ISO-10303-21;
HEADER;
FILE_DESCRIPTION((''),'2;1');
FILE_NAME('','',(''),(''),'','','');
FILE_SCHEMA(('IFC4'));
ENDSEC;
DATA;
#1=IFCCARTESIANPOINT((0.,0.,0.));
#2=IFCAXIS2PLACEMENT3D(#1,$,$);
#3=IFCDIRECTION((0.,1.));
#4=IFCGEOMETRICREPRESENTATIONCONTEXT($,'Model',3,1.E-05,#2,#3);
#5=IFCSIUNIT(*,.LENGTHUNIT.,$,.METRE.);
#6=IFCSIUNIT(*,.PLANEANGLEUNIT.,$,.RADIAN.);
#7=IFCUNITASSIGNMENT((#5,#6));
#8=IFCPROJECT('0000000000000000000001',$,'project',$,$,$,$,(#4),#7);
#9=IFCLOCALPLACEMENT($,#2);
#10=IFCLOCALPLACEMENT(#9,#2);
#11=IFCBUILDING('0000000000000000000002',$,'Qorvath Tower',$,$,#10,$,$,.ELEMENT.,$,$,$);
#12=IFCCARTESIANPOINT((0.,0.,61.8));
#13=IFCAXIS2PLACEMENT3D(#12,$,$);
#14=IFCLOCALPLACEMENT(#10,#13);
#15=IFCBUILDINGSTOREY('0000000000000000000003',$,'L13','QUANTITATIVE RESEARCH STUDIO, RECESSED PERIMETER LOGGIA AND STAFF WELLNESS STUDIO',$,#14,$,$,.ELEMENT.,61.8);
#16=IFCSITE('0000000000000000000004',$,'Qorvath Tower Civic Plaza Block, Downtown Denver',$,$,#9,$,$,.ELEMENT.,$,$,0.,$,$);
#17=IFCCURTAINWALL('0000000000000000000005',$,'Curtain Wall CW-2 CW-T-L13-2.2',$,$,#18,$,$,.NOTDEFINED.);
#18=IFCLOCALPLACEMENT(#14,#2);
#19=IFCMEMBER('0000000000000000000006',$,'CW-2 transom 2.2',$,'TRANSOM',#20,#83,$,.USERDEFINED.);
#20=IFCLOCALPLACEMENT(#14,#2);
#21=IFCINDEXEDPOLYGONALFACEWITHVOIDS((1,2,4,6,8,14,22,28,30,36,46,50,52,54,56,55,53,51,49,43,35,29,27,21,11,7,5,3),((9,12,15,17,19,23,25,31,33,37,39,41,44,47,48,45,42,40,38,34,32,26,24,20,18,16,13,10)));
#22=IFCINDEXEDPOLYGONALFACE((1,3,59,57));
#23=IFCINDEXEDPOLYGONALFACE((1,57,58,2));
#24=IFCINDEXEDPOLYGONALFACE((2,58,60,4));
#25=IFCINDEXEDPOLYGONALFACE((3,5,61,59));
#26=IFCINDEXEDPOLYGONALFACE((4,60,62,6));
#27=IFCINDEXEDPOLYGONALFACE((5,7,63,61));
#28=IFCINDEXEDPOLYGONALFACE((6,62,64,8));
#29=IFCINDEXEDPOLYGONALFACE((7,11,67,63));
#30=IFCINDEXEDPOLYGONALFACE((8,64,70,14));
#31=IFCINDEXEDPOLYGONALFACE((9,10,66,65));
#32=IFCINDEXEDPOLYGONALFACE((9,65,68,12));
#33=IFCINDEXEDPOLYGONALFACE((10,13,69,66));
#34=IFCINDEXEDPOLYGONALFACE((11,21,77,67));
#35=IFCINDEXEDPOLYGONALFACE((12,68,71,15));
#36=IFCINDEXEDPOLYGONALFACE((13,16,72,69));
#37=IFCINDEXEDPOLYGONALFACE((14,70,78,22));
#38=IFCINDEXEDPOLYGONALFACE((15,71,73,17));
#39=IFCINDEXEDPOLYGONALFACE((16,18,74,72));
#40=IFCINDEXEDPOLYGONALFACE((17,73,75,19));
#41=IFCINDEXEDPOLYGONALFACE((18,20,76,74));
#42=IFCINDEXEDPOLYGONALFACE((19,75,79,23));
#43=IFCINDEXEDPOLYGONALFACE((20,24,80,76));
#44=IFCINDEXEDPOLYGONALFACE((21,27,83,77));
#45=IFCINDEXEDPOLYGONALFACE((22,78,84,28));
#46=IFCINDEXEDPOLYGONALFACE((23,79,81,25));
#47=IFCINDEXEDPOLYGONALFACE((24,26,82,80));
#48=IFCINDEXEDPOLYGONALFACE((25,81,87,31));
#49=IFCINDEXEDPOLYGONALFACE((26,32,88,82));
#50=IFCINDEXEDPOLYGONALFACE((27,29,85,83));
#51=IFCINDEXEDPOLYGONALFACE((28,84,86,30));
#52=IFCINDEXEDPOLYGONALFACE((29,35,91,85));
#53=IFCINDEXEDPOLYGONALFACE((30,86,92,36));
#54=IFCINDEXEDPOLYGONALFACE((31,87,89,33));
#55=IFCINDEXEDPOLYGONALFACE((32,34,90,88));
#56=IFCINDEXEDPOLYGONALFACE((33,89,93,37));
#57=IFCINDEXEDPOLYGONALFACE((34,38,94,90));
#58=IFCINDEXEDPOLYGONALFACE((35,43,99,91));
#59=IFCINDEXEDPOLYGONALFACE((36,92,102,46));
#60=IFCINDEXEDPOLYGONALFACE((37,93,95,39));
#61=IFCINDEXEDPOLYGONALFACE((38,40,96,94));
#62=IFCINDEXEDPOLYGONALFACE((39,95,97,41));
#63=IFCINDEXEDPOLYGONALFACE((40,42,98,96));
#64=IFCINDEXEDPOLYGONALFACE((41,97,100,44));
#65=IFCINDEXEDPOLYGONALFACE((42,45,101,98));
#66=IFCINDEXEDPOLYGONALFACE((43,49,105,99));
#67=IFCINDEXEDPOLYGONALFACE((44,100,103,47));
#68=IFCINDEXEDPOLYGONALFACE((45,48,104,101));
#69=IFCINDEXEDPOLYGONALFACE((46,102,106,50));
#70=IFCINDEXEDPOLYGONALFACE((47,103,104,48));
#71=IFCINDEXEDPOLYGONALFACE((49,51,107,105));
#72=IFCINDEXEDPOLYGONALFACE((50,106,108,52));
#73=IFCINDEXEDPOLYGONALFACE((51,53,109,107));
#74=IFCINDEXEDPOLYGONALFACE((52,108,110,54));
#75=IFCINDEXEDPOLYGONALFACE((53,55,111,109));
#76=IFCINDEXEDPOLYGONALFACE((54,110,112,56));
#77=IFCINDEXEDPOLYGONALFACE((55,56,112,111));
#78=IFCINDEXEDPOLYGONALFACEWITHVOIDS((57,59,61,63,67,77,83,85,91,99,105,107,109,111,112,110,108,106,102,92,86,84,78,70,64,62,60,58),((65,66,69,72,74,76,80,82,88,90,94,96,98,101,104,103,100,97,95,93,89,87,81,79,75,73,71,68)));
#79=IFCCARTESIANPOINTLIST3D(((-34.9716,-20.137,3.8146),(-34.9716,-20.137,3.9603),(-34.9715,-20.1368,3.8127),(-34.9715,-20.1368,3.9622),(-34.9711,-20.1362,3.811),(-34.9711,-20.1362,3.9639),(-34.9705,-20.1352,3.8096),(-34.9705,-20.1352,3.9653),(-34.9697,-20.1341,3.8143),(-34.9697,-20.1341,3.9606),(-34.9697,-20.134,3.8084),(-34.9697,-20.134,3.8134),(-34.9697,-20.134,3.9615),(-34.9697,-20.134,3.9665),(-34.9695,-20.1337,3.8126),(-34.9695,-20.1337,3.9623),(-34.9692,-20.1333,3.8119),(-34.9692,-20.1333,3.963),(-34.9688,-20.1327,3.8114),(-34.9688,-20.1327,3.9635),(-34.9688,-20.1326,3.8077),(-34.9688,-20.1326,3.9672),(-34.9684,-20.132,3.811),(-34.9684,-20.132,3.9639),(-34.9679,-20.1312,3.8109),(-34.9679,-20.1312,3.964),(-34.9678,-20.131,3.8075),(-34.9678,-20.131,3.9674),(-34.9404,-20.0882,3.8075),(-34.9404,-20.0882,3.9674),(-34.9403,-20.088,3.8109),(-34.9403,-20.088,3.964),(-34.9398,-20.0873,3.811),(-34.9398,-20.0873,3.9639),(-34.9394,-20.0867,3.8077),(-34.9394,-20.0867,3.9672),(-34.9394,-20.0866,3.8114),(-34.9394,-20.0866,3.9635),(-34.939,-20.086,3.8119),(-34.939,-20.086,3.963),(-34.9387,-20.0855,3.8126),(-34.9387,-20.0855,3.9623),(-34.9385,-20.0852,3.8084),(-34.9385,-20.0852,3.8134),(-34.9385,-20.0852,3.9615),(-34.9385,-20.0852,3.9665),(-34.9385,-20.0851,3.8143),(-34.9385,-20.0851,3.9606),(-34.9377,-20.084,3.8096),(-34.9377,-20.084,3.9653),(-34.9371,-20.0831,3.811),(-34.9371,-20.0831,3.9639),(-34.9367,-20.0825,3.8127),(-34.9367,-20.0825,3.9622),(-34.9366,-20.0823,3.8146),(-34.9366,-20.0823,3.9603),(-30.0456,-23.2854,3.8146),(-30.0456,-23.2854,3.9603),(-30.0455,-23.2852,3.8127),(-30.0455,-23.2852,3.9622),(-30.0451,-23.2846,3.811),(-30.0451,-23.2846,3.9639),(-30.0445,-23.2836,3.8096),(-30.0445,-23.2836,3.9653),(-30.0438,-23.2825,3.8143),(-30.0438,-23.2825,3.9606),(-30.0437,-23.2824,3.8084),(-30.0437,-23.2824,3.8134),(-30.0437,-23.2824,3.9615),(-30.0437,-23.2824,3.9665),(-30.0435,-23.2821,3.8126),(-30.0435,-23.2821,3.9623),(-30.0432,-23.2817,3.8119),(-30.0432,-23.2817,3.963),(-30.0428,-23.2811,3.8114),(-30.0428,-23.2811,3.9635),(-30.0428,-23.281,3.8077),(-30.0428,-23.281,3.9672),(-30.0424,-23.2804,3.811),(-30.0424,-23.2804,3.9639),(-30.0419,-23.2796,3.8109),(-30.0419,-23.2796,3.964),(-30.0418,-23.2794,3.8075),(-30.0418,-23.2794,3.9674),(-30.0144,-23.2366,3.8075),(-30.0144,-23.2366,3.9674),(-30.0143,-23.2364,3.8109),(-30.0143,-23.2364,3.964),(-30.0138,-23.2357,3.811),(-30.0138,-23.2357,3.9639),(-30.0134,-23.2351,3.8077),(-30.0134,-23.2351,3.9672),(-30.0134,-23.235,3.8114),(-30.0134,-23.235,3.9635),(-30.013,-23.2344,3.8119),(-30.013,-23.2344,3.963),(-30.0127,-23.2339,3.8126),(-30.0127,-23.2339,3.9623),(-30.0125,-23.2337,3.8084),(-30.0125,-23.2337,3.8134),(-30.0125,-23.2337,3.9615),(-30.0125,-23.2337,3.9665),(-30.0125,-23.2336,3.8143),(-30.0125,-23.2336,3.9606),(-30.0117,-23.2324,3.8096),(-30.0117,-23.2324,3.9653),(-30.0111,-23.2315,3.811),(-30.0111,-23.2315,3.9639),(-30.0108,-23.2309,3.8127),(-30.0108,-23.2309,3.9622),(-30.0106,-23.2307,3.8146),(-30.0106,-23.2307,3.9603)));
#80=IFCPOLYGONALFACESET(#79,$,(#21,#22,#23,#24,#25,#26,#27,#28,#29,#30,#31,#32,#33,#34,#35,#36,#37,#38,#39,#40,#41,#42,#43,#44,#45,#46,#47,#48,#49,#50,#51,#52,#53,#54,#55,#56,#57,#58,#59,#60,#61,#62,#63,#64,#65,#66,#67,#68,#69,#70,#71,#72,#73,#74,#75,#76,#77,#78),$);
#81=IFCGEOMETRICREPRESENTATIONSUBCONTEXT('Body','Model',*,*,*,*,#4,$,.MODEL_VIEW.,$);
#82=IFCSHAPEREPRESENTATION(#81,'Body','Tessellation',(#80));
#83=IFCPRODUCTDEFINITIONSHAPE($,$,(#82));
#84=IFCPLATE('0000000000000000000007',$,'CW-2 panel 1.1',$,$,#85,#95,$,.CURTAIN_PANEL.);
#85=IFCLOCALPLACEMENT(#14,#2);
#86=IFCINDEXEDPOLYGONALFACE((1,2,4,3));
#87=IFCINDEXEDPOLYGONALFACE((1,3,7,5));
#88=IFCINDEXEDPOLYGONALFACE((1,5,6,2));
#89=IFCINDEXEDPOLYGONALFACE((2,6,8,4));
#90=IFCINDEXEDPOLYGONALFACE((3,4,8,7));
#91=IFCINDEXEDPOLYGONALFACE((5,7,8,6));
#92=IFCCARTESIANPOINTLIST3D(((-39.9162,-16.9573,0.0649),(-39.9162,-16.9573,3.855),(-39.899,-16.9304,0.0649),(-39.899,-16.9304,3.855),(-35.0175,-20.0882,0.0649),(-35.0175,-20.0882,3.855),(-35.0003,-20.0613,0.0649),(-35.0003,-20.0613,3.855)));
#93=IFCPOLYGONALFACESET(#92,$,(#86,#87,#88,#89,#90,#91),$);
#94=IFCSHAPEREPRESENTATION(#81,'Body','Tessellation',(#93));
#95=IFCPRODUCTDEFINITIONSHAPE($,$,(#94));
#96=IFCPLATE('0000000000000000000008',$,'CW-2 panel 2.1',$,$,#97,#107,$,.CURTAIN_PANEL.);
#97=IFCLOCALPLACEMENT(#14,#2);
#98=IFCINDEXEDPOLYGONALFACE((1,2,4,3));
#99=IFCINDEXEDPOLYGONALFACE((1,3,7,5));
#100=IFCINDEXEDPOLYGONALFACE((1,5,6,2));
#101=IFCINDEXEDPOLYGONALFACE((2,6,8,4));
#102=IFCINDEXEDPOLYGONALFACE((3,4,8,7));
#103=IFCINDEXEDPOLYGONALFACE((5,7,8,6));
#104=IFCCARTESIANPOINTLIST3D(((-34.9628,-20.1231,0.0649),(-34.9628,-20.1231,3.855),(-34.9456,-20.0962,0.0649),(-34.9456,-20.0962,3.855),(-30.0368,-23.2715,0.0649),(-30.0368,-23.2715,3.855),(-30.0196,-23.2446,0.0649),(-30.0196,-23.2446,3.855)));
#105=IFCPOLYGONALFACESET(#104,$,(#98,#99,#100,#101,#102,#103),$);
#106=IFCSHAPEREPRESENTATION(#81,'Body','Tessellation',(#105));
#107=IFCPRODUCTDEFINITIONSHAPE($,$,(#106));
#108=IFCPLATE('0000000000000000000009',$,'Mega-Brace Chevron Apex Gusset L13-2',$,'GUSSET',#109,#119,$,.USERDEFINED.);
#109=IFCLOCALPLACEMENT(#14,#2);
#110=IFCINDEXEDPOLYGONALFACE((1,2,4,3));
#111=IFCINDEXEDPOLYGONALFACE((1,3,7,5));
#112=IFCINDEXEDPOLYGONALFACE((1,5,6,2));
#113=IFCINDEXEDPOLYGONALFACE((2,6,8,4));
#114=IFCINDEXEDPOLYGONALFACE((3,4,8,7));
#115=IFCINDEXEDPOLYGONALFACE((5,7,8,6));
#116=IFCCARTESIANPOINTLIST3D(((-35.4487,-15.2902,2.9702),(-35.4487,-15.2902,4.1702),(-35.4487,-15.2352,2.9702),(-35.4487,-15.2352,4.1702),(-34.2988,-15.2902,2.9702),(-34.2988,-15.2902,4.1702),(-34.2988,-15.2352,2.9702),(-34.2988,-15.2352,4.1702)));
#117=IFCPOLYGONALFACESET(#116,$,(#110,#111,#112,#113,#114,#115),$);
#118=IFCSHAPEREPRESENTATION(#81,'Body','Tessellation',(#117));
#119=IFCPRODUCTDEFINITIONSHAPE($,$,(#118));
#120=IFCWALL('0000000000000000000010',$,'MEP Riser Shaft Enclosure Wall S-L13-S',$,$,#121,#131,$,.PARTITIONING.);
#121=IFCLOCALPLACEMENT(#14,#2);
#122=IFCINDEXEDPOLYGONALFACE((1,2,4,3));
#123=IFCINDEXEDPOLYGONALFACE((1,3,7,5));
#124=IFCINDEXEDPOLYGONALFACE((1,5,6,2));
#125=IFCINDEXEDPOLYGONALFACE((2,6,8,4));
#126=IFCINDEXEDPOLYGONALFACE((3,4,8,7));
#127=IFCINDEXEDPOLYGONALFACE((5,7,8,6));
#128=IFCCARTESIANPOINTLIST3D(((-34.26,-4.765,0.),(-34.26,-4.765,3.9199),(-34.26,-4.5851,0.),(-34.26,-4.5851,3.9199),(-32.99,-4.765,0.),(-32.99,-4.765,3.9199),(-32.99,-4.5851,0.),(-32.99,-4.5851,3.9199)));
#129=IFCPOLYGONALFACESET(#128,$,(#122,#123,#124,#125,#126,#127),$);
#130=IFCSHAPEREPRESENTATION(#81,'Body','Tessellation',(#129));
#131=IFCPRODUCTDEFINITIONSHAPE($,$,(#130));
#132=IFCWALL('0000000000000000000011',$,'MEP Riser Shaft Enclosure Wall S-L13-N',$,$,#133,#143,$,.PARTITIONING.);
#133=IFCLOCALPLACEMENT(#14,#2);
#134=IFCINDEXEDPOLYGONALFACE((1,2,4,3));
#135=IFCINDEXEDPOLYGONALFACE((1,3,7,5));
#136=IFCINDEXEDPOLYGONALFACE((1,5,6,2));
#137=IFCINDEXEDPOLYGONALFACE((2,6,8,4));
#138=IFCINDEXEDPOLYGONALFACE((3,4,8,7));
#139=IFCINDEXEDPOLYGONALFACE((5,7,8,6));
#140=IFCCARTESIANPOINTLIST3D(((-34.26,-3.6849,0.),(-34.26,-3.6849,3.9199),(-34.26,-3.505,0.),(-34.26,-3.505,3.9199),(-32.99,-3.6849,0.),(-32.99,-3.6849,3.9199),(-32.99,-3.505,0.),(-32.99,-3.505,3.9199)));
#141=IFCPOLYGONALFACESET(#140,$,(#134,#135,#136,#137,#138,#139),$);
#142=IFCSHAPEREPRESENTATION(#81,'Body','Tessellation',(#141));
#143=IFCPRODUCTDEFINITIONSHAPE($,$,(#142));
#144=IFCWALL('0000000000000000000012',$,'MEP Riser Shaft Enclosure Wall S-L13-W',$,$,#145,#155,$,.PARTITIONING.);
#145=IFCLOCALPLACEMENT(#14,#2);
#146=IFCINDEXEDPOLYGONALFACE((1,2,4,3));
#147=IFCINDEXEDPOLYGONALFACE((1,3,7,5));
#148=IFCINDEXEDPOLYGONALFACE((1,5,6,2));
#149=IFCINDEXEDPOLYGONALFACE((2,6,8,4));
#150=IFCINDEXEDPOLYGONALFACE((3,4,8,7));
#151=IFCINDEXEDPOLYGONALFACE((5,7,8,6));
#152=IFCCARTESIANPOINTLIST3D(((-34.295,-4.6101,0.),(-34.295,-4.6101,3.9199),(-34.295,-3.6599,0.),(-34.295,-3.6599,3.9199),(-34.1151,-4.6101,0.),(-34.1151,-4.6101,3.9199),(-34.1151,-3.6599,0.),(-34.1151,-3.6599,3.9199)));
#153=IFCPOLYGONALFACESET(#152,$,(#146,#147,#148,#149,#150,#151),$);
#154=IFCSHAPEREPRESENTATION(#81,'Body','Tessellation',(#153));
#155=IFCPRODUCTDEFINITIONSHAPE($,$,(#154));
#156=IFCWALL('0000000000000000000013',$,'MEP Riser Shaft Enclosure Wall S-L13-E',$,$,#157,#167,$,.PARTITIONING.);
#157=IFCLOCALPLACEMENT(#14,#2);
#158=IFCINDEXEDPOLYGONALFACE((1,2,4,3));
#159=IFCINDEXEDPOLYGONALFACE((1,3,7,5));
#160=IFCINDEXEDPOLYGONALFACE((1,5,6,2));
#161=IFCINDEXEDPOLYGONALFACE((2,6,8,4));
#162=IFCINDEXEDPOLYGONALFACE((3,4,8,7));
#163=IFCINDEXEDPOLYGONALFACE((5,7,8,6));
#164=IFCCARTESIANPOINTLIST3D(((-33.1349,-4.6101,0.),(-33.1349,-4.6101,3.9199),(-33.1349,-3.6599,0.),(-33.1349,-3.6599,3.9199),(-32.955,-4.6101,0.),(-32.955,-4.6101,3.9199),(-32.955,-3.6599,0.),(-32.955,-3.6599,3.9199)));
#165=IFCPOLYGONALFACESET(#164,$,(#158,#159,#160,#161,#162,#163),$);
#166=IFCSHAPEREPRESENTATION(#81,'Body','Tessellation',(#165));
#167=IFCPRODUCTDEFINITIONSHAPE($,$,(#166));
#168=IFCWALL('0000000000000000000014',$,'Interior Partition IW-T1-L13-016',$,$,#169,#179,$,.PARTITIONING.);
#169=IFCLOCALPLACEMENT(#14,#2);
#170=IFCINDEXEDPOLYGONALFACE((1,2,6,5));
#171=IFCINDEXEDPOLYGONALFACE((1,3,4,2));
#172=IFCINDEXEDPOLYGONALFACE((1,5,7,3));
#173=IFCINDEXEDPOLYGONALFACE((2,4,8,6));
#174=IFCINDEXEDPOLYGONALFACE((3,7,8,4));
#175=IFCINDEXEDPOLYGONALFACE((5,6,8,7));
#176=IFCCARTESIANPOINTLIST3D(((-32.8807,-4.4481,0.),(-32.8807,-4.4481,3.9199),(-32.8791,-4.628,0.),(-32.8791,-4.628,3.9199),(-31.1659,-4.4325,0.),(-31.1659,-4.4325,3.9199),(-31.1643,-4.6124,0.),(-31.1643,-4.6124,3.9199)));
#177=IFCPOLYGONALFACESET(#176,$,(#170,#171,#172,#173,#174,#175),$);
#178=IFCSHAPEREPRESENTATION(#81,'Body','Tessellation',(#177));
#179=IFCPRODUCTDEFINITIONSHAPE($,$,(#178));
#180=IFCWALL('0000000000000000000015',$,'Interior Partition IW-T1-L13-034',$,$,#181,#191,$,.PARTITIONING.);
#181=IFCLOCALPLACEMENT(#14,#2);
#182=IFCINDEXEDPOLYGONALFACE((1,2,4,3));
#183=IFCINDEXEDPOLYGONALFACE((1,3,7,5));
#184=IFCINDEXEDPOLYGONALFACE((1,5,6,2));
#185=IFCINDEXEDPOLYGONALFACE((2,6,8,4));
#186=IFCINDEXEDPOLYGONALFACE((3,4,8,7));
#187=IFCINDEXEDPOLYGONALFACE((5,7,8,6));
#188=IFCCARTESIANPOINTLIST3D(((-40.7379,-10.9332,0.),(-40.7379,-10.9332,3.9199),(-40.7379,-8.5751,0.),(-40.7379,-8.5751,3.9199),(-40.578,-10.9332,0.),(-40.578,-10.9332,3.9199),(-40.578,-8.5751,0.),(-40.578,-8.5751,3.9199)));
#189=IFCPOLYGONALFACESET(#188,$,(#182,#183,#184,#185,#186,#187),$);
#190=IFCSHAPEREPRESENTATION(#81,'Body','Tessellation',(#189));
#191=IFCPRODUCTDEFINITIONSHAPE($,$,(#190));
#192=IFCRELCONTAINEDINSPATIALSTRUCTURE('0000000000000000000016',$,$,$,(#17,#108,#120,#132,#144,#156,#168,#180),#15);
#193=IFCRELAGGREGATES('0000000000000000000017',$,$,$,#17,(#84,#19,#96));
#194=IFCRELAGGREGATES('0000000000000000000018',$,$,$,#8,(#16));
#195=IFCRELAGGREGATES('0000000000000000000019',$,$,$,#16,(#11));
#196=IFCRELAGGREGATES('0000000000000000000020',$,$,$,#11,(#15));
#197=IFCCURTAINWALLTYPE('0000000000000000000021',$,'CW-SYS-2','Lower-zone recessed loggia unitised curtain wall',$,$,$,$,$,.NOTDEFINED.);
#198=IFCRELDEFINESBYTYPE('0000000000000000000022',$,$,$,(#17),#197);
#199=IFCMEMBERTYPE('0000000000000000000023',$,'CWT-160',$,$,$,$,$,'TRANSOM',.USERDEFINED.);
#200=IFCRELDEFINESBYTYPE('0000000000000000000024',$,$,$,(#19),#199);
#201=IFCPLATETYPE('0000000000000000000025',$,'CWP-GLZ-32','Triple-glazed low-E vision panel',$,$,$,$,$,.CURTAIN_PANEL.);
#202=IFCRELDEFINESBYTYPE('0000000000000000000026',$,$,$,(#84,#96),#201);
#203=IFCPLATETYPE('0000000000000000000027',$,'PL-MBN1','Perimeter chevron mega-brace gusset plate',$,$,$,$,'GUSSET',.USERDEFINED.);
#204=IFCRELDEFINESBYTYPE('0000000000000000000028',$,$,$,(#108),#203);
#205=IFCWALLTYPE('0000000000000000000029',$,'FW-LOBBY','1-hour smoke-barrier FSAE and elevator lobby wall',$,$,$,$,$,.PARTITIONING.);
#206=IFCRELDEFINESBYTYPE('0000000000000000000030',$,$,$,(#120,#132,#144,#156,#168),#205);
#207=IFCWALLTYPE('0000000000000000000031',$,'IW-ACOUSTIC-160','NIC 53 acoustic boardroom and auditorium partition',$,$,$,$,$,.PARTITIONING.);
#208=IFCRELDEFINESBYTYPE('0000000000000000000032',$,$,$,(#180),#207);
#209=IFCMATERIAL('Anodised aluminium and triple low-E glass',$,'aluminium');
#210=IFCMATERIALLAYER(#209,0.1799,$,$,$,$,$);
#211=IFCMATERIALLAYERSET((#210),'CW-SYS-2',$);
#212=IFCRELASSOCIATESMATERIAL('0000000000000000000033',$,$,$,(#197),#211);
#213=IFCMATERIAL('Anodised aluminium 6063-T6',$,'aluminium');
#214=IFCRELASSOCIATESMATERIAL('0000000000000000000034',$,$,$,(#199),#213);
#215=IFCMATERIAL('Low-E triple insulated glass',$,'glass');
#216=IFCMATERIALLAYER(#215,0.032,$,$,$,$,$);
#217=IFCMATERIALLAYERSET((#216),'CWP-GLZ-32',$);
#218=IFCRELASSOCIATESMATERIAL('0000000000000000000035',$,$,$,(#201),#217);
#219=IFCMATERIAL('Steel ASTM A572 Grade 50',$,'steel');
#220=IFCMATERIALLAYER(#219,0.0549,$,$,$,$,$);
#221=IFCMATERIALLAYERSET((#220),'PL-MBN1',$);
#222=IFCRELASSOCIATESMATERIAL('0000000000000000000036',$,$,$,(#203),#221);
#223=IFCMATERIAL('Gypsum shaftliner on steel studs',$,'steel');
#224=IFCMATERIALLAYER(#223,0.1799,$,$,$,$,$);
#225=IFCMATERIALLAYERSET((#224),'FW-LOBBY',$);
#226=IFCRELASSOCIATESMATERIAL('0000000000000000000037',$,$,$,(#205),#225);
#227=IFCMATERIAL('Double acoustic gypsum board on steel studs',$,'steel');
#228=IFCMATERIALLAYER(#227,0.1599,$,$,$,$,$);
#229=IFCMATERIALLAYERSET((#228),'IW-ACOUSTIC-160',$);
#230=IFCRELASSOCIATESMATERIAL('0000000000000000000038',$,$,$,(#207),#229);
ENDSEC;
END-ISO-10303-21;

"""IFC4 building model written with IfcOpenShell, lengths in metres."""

from ifc_helpers import new_model, si_unit, direction, frame, frame_2d, origin, origin_2d, place, context, subcontext, project, spatial, rectangle, hollow_rectangle, extrude, material, layer, layer_set, material_profile, profile_set, type_object, element, aggregate, save


model = new_model("IFC4")

# Units and contexts
model_context = context("Model", 3, precision=1e-05, world=origin(), true_north=direction((0.0, 1.0)))
body_context = subcontext(model_context, "Body", "Model", "MODEL_VIEW")
ifc_project = project(units=[si_unit("LENGTHUNIT", "METRE"), si_unit("PLANEANGLEUNIT", "RADIAN")], contexts=[model_context])

# Site, building, storey
site_placement = place(None, origin())
site = spatial("IfcSite", under=ifc_project, at=site_placement, Name="Qorvath Tower Civic Plaza Block, Downtown Denver", CompositionType="ELEMENT", RefElevation=0.0)
building_placement = place(site_placement, origin())
building = spatial("IfcBuilding", under=site, at=building_placement, Name="Qorvath Tower", CompositionType="ELEMENT")
storey_placement = place(building_placement, frame((0.0, 0.0, 61.8)))
storey = spatial("IfcBuildingStorey", under=building, at=storey_placement, Name="L13", Description="QUANTITATIVE RESEARCH STUDIO, RECESSED PERIMETER LOGGIA AND STAFF WELLNESS STUDIO", CompositionType="ELEMENT", Elevation=61.8)

# Shared definitions
ifc_material_1 = material(Name="Anodised aluminium and triple low-E glass", Category="aluminium")
ifc_layer_1 = layer(ifc_material_1, 0.1799)
ifc_layer_set_1 = layer_set([ifc_layer_1], Name="CW-SYS-2")
curtain_wall_type = type_object("IfcCurtainWallType", Name="CW-SYS-2", Description="Lower-zone recessed loggia unitised curtain wall", PredefinedType="NOTDEFINED", material=ifc_layer_set_1)

# Curtain wall, member, plates
curtain_wall_1_placement = place(storey_placement, origin())
curtain_wall_1 = element("IfcCurtainWall", 1, at=curtain_wall_1_placement, inside=storey, type_object=curtain_wall_type, Name="Curtain Wall CW-2 CW-T-L13-2.2", PredefinedType="NOTDEFINED")
ifc_material_2 = material(Name="Anodised aluminium 6063-T6", Category="aluminium")
ifc_material_profile_1 = material_profile(ifc_material_2, hollow_rectangle(XDim=0.0649, YDim=0.1599, WallThickness=0.0034, InnerFilletRadius=0.0034, OuterFilletRadius=0.0071, at=origin_2d()), Name="CWT 160x65")
ifc_profile_set_1 = profile_set([ifc_material_profile_1], Name="Anodised aluminium 6063-T6")
member_type_1 = type_object("IfcMemberType", Name="CWT-160", ElementType="TRANSOM", PredefinedType="USERDEFINED", material=ifc_profile_set_1)
member_1_placement = place(storey_placement, frame((-34.9541, -20.1096, 3.8875), z_axis=(0.842599, -0.538542, 0.0), x_axis=(0.538542, 0.842599, 0.0)))
member_1 = element("IfcMember", 2, at=member_1_placement, type_object=member_type_1, Name="CW-2 transom 2.2", ObjectType="TRANSOM", PredefinedType="USERDEFINED", context=body_context, shape_type="SweptSolid", body=[
    extrude(hollow_rectangle(XDim=0.0649, YDim=0.1599, WallThickness=0.0034, InnerFilletRadius=0.0034, OuterFilletRadius=0.0071, at=origin_2d()), origin(), (0.0, 0.0, 1.0), 5.8462),
])
ifc_material_3 = material(Name="Low-E triple insulated glass", Category="glass")
ifc_layer_2 = layer(ifc_material_3, 0.032)
ifc_layer_set_2 = layer_set([ifc_layer_2], Name="CWP-GLZ-32")
plate_type_1 = type_object("IfcPlateType", Name="CWP-GLZ-32", Description="Triple-glazed low-E vision panel", PredefinedType="CURTAIN_PANEL", material=ifc_layer_set_2)
plate_1_placement = place(storey_placement, frame((-37.4583, -18.5093, 0.0649), z_axis=(0.0, 0.0, 1.0), x_axis=(0.842602, -0.538536, 0.0)))
plate_1 = element("IfcPlate", 3, at=plate_1_placement, type_object=plate_type_1, Name="CW-2 panel 1.1", PredefinedType="CURTAIN_PANEL", context=body_context, shape_type="SweptSolid", body=[
    extrude(rectangle(XDim=5.8137, YDim=0.032, at=origin_2d()), origin(), (0.0, 0.0, 1.0), 3.79),
])
plate_2_placement = place(storey_placement, frame((-32.4912, -21.6838, 0.0649), z_axis=(0.0, 0.0, 1.0), x_axis=(0.842602, -0.538536, 0.0)))
plate_2 = element("IfcPlate", 4, at=plate_2_placement, type_object=plate_type_1, Name="CW-2 panel 2.1", PredefinedType="CURTAIN_PANEL", context=body_context, shape_type="SweptSolid", body=[
    extrude(rectangle(XDim=5.8462, YDim=0.032, at=origin_2d()), origin(), (0.0, 0.0, 1.0), 3.79),
])
aggregate(curtain_wall_1, [plate_1, member_1, plate_2])

# Plate
ifc_material_4 = material(Name="Steel ASTM A572 Grade 50", Category="steel")
ifc_layer_3 = layer(ifc_material_4, 0.0549)
ifc_layer_set_3 = layer_set([ifc_layer_3], Name="PL-MBN1")
plate_type_2 = type_object("IfcPlateType", Name="PL-MBN1", Description="Perimeter chevron mega-brace gusset plate", ElementType="GUSSET", PredefinedType="USERDEFINED", material=ifc_layer_set_3)
plate_3_placement = place(storey_placement, frame((-34.8738, -15.2627, 2.9702), z_axis=(0.0, 0.0, 1.0), x_axis=(1.0, 0.0, 0.0)))
element("IfcPlate", 5, at=plate_3_placement, inside=storey, type_object=plate_type_2, Name="Mega-Brace Chevron Apex Gusset L13-2", ObjectType="GUSSET", PredefinedType="USERDEFINED", context=body_context, shape_type="SweptSolid", body=[
    extrude(rectangle(XDim=1.1499, YDim=0.0549, at=origin_2d()), origin(), (0.0, 0.0, 1.0), 1.2),
])

# Walls
ifc_material_5 = material(Name="Gypsum shaftliner on steel studs", Category="steel")
ifc_layer_4 = layer(ifc_material_5, 0.1799)
ifc_layer_set_4 = layer_set([ifc_layer_4], Name="FW-LOBBY")
wall_type_1 = type_object("IfcWallType", Name="FW-LOBBY", Description="1-hour smoke-barrier FSAE and elevator lobby wall", PredefinedType="PARTITIONING", material=ifc_layer_set_4)
for number, where, z_axis, x_axis, name in (
    (6, (-32.99, -4.675, 0.0), (0.0, 0.0, 1.0), (-1.0, 0.0, 0.0), "MEP Riser Shaft Enclosure Wall S-L13-S"),
    (7, (-34.26, -3.595, 0.0), (0.0, 0.0, 1.0), (1.0, 0.0, 0.0), "MEP Riser Shaft Enclosure Wall S-L13-N"),
):
    element("IfcWall", number, at=place(storey_placement, frame(where, z_axis=z_axis, x_axis=x_axis)), inside=storey, type_object=wall_type_1, Name=name, PredefinedType="PARTITIONING", context=body_context, shape_type="SweptSolid", body=[
        extrude(rectangle(XDim=1.27, YDim=0.1799, at=frame_2d((0.635, 0.0))), origin(), (0.0, 0.0, 1.0), 3.9199),
    ])
for number, where, z_axis, x_axis, name in (
    (8, (-34.2051, -4.6101, 0.0), (0.0, 0.0, 1.0), (0.0, 1.0, 0.0), "MEP Riser Shaft Enclosure Wall S-L13-W"),
    (9, (-33.0449, -3.6599, 0.0), (0.0, 0.0, 1.0), (0.0, -1.0, 0.0), "MEP Riser Shaft Enclosure Wall S-L13-E"),
):
    element("IfcWall", number, at=place(storey_placement, frame(where, z_axis=z_axis, x_axis=x_axis)), inside=storey, type_object=wall_type_1, Name=name, PredefinedType="PARTITIONING", context=body_context, shape_type="SweptSolid", body=[
        extrude(rectangle(XDim=0.9502, YDim=0.1799, at=frame_2d((0.4751, 0.0))), origin(), (0.0, 0.0, 1.0), 3.9199),
    ])
wall_1_placement = place(storey_placement, frame((-32.8799, -4.5381, 0.0), z_axis=(0.0, 0.0, 1.0), x_axis=(0.999958, 0.009111, 0.0)))
element("IfcWall", 10, at=wall_1_placement, inside=storey, type_object=wall_type_1, Name="Interior Partition IW-T1-L13-016", PredefinedType="PARTITIONING", context=body_context, shape_type="SweptSolid", body=[
    extrude(rectangle(XDim=1.7148, YDim=0.1799, at=frame_2d((0.8574, 0.0))), origin(), (0.0, 0.0, 1.0), 3.9199),
])
ifc_material_6 = material(Name="Double acoustic gypsum board on steel studs", Category="steel")
ifc_layer_5 = layer(ifc_material_6, 0.1599)
ifc_layer_set_5 = layer_set([ifc_layer_5], Name="IW-ACOUSTIC-160")
wall_type_2 = type_object("IfcWallType", Name="IW-ACOUSTIC-160", Description="NIC 53 acoustic boardroom and auditorium partition", PredefinedType="PARTITIONING", material=ifc_layer_set_5)
wall_2_placement = place(storey_placement, frame((-40.658, -8.575, 0.0), z_axis=(0.0, 0.0, 1.0), x_axis=(0.0, -1.0, 0.0)))
element("IfcWall", 11, at=wall_2_placement, inside=storey, type_object=wall_type_2, Name="Interior Partition IW-T1-L13-034", PredefinedType="PARTITIONING", context=body_context, shape_type="SweptSolid", body=[
    extrude(rectangle(XDim=2.3582, YDim=0.1599, at=frame_2d((1.1792, 0.0))), origin(), (0.0, 0.0, 1.0), 3.9199),
])

save(model, "model.ifc")
